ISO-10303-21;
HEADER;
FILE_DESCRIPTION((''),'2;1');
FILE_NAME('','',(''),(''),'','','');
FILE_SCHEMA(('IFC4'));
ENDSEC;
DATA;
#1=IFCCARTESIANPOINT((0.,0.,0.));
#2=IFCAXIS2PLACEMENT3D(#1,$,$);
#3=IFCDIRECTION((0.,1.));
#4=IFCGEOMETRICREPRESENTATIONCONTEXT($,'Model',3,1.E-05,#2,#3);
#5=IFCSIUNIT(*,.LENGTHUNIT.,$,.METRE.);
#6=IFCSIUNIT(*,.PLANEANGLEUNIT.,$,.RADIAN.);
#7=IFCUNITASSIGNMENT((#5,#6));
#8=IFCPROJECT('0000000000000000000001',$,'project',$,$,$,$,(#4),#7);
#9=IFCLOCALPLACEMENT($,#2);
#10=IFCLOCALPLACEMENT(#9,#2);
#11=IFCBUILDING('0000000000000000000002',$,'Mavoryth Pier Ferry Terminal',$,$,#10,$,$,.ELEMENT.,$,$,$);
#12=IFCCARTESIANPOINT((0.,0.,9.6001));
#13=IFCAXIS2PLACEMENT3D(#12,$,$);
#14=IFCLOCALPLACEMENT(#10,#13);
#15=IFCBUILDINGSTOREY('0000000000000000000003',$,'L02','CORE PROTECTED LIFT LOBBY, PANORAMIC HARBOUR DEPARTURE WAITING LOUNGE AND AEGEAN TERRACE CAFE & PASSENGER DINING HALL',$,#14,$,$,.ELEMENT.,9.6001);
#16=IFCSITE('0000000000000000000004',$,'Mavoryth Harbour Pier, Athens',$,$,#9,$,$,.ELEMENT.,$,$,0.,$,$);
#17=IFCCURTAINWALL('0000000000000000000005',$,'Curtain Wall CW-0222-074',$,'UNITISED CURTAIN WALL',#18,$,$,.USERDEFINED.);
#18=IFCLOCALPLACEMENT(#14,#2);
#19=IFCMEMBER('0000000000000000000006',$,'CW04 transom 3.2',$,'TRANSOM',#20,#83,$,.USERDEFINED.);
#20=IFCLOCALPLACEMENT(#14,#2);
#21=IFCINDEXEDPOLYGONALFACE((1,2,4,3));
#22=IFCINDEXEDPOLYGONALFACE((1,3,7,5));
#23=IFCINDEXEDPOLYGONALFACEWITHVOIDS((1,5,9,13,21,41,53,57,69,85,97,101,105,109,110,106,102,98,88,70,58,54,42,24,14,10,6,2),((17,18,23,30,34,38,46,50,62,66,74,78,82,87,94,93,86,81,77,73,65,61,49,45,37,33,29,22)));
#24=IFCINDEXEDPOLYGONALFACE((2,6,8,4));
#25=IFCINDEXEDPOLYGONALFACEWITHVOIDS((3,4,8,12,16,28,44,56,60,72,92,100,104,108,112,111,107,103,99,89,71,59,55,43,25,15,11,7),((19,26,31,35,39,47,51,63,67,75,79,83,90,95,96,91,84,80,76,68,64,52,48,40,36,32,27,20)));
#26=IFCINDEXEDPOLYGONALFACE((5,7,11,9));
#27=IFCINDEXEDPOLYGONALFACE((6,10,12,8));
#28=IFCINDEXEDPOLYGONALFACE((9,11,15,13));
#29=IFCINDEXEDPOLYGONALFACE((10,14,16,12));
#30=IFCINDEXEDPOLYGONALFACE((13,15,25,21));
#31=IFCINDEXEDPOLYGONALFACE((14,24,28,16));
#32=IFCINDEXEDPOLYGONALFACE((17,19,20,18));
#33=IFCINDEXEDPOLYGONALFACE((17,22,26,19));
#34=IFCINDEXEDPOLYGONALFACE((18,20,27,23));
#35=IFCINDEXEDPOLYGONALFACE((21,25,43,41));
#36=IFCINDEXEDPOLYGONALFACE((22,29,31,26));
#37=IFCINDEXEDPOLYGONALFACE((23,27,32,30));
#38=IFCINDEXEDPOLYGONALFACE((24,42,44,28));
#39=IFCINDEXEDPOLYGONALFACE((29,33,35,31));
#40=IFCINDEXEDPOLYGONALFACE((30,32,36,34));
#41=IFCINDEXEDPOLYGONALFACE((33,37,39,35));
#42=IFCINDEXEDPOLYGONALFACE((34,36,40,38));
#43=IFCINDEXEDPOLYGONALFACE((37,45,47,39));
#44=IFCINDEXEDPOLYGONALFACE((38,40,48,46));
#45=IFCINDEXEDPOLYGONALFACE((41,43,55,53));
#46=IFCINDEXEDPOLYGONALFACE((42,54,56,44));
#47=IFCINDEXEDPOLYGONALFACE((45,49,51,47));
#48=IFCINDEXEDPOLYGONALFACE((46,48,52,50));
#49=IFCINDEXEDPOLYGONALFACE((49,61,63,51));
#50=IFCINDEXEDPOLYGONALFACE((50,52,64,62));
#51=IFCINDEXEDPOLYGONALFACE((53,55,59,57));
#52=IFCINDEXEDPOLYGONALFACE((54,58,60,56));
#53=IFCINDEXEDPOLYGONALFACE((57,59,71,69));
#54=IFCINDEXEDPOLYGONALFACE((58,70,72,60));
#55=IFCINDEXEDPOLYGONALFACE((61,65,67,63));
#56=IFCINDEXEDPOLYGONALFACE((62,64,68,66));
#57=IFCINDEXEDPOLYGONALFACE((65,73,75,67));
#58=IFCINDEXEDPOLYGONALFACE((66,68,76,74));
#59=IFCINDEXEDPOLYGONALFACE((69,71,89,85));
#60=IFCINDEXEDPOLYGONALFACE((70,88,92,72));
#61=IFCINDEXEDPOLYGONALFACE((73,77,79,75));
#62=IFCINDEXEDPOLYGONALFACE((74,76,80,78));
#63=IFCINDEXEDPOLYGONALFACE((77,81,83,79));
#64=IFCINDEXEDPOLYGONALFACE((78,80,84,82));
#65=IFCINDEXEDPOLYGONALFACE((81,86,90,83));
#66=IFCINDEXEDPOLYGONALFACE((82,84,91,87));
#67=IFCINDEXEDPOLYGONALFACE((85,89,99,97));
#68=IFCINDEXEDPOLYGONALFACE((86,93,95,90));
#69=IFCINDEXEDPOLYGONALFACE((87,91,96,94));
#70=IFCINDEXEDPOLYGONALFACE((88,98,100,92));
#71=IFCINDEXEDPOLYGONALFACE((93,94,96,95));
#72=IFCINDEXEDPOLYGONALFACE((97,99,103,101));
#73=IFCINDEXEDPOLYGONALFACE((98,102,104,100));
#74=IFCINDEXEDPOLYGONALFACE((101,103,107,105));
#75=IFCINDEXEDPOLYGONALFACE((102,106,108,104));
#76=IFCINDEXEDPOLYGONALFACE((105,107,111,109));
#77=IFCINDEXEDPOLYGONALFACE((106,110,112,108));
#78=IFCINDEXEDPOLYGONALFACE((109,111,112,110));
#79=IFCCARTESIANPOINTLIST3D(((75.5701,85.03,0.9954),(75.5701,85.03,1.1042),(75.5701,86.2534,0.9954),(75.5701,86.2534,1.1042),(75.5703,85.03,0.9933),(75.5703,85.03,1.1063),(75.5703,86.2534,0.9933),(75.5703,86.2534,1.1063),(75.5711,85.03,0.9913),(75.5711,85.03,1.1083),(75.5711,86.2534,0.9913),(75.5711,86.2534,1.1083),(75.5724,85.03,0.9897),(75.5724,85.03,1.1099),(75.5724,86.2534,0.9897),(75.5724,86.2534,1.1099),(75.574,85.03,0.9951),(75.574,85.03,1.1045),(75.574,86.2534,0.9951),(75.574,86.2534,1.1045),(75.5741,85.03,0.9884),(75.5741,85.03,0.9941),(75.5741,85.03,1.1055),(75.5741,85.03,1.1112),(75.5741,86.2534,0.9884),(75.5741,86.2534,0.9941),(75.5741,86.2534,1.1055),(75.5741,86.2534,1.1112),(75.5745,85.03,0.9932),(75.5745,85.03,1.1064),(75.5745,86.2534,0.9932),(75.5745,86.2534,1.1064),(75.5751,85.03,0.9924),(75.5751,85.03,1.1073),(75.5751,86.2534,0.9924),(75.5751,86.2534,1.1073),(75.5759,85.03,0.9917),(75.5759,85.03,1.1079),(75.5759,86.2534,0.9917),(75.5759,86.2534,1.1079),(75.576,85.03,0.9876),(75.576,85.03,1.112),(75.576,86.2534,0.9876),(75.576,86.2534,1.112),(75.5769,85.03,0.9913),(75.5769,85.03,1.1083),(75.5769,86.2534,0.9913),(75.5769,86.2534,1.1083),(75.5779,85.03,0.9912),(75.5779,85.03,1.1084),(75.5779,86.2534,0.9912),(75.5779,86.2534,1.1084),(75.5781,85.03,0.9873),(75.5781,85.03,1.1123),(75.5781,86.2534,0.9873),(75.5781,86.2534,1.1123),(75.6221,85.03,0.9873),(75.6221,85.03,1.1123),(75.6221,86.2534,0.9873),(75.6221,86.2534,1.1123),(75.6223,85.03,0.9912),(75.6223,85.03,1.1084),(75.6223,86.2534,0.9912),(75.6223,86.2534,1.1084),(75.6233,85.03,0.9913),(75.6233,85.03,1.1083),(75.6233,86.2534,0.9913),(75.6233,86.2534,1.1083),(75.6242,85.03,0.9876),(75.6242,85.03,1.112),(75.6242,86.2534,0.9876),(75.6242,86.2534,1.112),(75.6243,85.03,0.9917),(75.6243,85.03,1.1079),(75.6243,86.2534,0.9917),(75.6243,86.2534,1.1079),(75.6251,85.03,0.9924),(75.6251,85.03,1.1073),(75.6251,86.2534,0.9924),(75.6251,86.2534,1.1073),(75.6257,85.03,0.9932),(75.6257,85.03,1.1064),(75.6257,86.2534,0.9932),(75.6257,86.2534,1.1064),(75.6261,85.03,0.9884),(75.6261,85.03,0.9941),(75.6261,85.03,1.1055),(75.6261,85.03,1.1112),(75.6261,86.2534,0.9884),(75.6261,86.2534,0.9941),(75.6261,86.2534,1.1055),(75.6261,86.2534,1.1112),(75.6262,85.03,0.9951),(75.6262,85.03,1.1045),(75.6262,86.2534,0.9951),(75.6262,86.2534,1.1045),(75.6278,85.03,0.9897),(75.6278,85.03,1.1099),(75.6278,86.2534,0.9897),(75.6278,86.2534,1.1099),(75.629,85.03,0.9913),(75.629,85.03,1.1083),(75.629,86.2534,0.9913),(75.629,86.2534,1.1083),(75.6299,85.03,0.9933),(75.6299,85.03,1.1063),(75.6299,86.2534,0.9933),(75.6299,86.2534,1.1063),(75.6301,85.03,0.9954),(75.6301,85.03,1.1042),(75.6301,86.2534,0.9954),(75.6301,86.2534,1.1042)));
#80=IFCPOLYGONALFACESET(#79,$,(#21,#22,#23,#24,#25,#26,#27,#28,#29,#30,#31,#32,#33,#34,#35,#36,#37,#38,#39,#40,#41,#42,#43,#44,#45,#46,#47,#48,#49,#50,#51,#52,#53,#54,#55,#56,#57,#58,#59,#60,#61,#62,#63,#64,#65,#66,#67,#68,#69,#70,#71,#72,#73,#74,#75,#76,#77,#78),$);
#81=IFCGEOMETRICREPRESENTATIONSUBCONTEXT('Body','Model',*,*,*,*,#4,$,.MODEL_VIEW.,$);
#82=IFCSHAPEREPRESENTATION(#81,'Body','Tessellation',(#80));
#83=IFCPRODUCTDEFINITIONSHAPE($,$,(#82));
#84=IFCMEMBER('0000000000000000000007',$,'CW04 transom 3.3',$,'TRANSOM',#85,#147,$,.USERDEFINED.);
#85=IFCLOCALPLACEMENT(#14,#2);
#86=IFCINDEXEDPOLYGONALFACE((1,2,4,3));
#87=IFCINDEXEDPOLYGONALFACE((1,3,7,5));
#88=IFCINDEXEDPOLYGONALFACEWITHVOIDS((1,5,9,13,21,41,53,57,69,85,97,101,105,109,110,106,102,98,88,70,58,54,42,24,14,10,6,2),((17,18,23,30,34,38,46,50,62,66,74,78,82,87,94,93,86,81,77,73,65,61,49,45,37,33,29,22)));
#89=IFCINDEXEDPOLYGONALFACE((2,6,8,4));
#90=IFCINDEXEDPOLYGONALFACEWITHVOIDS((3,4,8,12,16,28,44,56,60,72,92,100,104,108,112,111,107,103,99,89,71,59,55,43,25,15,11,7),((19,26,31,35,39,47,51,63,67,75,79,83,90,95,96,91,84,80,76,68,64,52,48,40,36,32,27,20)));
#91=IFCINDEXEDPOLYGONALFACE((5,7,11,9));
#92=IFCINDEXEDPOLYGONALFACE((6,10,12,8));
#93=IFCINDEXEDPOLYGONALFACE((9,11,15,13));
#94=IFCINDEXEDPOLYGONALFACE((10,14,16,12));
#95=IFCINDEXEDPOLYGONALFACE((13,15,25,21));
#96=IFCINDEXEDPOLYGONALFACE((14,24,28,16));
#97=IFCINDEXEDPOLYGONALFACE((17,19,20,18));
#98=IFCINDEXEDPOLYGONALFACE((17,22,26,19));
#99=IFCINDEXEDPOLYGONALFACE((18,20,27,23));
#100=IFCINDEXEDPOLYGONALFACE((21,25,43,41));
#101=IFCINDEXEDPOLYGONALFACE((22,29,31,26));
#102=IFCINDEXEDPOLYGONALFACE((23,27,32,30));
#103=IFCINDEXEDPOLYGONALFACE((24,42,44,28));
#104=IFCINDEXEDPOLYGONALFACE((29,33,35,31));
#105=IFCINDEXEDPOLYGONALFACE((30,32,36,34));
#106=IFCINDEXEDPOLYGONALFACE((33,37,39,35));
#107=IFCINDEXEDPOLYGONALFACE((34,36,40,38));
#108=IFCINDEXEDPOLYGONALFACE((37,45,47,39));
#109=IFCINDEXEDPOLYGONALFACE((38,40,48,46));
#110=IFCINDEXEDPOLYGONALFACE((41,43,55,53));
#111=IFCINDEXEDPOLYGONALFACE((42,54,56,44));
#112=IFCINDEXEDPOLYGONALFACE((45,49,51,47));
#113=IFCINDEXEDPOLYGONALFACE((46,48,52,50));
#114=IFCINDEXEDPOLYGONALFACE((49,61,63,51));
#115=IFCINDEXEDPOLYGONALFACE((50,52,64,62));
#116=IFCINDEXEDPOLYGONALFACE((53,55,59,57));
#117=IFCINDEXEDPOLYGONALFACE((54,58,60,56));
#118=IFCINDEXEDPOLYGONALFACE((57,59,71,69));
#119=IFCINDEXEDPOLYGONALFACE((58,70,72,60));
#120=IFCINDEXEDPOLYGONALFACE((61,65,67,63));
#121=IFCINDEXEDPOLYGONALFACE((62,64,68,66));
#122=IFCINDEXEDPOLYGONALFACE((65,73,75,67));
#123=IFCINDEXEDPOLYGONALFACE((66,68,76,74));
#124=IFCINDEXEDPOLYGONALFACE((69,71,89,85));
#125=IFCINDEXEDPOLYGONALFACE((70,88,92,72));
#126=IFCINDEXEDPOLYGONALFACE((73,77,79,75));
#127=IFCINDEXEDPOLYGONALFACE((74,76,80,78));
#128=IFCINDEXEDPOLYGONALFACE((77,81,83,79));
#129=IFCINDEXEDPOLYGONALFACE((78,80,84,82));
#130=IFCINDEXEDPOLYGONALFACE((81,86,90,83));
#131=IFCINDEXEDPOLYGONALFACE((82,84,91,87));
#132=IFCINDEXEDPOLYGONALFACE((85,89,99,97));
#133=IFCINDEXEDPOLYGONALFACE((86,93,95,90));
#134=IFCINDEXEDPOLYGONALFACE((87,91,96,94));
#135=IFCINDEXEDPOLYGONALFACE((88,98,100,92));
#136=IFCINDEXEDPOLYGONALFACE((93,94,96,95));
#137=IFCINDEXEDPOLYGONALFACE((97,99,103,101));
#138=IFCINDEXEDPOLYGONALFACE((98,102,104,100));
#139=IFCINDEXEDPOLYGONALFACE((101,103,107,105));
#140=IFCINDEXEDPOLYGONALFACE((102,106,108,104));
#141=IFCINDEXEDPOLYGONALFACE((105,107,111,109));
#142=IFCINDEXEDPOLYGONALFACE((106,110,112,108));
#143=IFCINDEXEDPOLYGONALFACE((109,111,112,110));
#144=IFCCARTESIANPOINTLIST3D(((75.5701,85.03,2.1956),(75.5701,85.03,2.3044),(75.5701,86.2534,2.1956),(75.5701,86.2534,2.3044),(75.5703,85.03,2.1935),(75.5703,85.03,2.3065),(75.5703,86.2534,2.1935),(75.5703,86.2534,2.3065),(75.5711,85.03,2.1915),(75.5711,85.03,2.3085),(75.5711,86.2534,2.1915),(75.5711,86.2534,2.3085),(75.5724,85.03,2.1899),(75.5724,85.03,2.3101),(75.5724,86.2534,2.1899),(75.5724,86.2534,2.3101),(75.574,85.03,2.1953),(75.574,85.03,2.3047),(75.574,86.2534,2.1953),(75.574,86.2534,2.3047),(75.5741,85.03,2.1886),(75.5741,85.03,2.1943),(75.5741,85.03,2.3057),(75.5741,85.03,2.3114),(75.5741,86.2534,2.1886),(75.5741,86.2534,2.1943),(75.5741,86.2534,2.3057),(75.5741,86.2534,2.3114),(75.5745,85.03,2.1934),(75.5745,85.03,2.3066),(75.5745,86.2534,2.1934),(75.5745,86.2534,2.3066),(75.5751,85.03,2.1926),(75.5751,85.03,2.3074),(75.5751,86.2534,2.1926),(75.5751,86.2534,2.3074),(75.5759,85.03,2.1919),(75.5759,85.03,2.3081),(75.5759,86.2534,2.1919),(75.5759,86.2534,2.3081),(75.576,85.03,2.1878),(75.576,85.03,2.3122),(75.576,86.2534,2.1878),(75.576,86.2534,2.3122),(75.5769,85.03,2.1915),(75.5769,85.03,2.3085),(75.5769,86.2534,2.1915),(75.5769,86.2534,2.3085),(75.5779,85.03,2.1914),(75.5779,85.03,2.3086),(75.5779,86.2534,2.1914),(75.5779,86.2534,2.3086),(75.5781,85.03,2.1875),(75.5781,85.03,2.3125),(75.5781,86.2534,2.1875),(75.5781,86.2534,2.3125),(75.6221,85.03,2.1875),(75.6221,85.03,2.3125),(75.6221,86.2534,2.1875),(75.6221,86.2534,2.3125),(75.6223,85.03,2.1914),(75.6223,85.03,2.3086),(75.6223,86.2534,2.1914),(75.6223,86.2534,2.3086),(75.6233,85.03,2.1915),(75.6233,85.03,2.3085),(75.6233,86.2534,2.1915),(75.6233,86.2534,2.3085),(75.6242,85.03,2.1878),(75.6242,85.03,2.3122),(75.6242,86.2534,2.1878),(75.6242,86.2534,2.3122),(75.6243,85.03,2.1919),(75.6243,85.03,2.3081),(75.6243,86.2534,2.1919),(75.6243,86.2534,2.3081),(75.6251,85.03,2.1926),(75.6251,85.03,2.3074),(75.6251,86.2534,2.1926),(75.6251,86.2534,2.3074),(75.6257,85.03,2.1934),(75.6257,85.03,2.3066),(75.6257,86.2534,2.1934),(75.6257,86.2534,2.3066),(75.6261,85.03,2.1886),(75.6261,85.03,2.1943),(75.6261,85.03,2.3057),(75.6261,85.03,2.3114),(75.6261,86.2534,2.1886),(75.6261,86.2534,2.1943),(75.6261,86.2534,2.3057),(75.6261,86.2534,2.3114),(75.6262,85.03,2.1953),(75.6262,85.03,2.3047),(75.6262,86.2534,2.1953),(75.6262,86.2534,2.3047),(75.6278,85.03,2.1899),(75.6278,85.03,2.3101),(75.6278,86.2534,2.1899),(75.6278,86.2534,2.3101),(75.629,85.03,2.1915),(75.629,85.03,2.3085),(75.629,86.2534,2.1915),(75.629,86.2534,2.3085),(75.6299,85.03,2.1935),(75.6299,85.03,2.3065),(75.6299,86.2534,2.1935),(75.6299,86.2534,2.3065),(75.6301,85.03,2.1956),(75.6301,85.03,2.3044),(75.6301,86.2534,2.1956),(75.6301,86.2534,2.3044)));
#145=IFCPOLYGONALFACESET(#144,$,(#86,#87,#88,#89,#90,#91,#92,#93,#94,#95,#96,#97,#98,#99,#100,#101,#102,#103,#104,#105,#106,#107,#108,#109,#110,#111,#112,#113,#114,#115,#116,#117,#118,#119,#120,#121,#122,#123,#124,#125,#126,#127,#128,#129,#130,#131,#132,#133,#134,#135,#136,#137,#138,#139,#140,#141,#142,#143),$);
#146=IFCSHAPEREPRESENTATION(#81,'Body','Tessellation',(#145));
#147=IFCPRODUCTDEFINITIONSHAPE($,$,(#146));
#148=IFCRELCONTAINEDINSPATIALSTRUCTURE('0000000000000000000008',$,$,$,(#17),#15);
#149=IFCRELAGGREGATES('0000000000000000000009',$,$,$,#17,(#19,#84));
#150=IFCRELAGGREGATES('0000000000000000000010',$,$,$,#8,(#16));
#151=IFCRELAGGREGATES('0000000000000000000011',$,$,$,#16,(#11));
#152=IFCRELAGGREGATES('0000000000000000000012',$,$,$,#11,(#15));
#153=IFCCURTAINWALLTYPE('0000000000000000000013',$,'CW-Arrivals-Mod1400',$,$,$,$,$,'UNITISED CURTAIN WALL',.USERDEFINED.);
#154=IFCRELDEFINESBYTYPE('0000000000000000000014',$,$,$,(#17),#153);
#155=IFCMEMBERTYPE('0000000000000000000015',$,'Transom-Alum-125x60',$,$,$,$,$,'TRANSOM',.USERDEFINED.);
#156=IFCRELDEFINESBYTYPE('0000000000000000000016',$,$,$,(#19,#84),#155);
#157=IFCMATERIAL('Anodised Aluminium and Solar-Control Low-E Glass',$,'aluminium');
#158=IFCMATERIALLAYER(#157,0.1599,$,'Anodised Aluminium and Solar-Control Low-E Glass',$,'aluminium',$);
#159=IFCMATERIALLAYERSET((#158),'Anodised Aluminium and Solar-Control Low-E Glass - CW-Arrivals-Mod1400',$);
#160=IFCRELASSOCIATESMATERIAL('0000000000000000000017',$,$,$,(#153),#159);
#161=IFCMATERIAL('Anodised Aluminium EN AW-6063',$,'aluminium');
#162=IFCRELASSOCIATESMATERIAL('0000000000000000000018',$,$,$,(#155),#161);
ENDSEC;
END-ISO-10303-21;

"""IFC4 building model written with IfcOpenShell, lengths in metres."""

from ifc_helpers import new_model, si_unit, direction, frame, origin, origin_2d, place, context, subcontext, project, spatial, hollow_rectangle, extrude, material, layer, layer_set, material_profile, profile_set, type_object, element, aggregate, save


model = new_model("IFC4")

# Units and contexts
model_context = context("Model", 3, precision=1e-05, world=origin(), true_north=direction((0.0, 1.0)))
body_context = subcontext(model_context, "Body", "Model", "MODEL_VIEW")
ifc_project = project(units=[si_unit("LENGTHUNIT", "METRE"), si_unit("PLANEANGLEUNIT", "RADIAN")], contexts=[model_context])

# Site, building, storey
site_placement = place(None, origin())
site = spatial("IfcSite", under=ifc_project, at=site_placement, Name="Mavoryth Harbour Pier, Athens", CompositionType="ELEMENT", RefElevation=0.0)
building_placement = place(site_placement, origin())
building = spatial("IfcBuilding", under=site, at=building_placement, Name="Mavoryth Pier Ferry Terminal", CompositionType="ELEMENT")
storey_placement = place(building_placement, frame((0.0, 0.0, 9.6001)))
storey = spatial("IfcBuildingStorey", under=building, at=storey_placement, Name="L02", Description="CORE PROTECTED LIFT LOBBY, PANORAMIC HARBOUR DEPARTURE WAITING LOUNGE AND AEGEAN TERRACE CAFE & PASSENGER DINING HALL", CompositionType="ELEMENT", Elevation=9.6001)

# Curtain wall, members
ifc_material_1 = material(Name="Anodised Aluminium and Solar-Control Low-E Glass", Category="aluminium")
ifc_layer_1 = layer(ifc_material_1, 0.1599, Name="Anodised Aluminium and Solar-Control Low-E Glass", Category="aluminium")
ifc_layer_set_1 = layer_set([ifc_layer_1], Name="Anodised Aluminium and Solar-Control Low-E Glass - CW-Arrivals-Mod1400")
curtain_wall_type = type_object("IfcCurtainWallType", Name="CW-Arrivals-Mod1400", ElementType="UNITISED CURTAIN WALL", PredefinedType="USERDEFINED", material=ifc_layer_set_1)
curtain_wall_placement = place(storey_placement, origin())
curtain_wall = element("IfcCurtainWall", 1, at=curtain_wall_placement, inside=storey, type_object=curtain_wall_type, Name="Curtain Wall CW-0222-074", ObjectType="UNITISED CURTAIN WALL", PredefinedType="USERDEFINED")
ifc_material_2 = material(Name="Anodised Aluminium EN AW-6063", Category="aluminium")
ifc_material_profile_1 = material_profile(ifc_material_2, hollow_rectangle(XDim=0.0601, YDim=0.125, WallThickness=0.0039, InnerFilletRadius=0.0039, OuterFilletRadius=0.0081, at=origin_2d()), Name="AL-TRAN 125x60x4", Category="aluminium")
ifc_profile_set_1 = profile_set([ifc_material_profile_1], Name="Anodised Aluminium EN AW-6063 - AL-TRAN 125x60x4")
member_type_1 = type_object("IfcMemberType", Name="Transom-Alum-125x60", ElementType="TRANSOM", PredefinedType="USERDEFINED", material=ifc_profile_set_1)
member_1_placement = place(storey_placement, frame((75.6001, 86.2534, 1.0498), z_axis=(0.0, -1.0, 0.0), x_axis=(1.0, 0.0, 0.0)))
member_1 = element("IfcMember", 2, at=member_1_placement, type_object=member_type_1, Name="CW04 transom 3.2", ObjectType="TRANSOM", PredefinedType="USERDEFINED", context=body_context, shape_type="SweptSolid", body=[
    extrude(hollow_rectangle(XDim=0.0601, YDim=0.125, WallThickness=0.0039, InnerFilletRadius=0.0039, OuterFilletRadius=0.0081, at=origin_2d()), origin(), (0.0, 0.0, 1.0), 1.2234),
])
member_2_placement = place(storey_placement, frame((75.6001, 86.2534, 2.25), z_axis=(0.0, -1.0, 0.0), x_axis=(1.0, 0.0, 0.0)))
member_2 = element("IfcMember", 3, at=member_2_placement, type_object=member_type_1, Name="CW04 transom 3.3", ObjectType="TRANSOM", PredefinedType="USERDEFINED", context=body_context, shape_type="SweptSolid", body=[
    extrude(hollow_rectangle(XDim=0.0601, YDim=0.125, WallThickness=0.0039, InnerFilletRadius=0.0039, OuterFilletRadius=0.0081, at=origin_2d()), origin(), (0.0, 0.0, 1.0), 1.2234),
])
aggregate(curtain_wall, [member_1, member_2])

save(model, "model.ifc")
